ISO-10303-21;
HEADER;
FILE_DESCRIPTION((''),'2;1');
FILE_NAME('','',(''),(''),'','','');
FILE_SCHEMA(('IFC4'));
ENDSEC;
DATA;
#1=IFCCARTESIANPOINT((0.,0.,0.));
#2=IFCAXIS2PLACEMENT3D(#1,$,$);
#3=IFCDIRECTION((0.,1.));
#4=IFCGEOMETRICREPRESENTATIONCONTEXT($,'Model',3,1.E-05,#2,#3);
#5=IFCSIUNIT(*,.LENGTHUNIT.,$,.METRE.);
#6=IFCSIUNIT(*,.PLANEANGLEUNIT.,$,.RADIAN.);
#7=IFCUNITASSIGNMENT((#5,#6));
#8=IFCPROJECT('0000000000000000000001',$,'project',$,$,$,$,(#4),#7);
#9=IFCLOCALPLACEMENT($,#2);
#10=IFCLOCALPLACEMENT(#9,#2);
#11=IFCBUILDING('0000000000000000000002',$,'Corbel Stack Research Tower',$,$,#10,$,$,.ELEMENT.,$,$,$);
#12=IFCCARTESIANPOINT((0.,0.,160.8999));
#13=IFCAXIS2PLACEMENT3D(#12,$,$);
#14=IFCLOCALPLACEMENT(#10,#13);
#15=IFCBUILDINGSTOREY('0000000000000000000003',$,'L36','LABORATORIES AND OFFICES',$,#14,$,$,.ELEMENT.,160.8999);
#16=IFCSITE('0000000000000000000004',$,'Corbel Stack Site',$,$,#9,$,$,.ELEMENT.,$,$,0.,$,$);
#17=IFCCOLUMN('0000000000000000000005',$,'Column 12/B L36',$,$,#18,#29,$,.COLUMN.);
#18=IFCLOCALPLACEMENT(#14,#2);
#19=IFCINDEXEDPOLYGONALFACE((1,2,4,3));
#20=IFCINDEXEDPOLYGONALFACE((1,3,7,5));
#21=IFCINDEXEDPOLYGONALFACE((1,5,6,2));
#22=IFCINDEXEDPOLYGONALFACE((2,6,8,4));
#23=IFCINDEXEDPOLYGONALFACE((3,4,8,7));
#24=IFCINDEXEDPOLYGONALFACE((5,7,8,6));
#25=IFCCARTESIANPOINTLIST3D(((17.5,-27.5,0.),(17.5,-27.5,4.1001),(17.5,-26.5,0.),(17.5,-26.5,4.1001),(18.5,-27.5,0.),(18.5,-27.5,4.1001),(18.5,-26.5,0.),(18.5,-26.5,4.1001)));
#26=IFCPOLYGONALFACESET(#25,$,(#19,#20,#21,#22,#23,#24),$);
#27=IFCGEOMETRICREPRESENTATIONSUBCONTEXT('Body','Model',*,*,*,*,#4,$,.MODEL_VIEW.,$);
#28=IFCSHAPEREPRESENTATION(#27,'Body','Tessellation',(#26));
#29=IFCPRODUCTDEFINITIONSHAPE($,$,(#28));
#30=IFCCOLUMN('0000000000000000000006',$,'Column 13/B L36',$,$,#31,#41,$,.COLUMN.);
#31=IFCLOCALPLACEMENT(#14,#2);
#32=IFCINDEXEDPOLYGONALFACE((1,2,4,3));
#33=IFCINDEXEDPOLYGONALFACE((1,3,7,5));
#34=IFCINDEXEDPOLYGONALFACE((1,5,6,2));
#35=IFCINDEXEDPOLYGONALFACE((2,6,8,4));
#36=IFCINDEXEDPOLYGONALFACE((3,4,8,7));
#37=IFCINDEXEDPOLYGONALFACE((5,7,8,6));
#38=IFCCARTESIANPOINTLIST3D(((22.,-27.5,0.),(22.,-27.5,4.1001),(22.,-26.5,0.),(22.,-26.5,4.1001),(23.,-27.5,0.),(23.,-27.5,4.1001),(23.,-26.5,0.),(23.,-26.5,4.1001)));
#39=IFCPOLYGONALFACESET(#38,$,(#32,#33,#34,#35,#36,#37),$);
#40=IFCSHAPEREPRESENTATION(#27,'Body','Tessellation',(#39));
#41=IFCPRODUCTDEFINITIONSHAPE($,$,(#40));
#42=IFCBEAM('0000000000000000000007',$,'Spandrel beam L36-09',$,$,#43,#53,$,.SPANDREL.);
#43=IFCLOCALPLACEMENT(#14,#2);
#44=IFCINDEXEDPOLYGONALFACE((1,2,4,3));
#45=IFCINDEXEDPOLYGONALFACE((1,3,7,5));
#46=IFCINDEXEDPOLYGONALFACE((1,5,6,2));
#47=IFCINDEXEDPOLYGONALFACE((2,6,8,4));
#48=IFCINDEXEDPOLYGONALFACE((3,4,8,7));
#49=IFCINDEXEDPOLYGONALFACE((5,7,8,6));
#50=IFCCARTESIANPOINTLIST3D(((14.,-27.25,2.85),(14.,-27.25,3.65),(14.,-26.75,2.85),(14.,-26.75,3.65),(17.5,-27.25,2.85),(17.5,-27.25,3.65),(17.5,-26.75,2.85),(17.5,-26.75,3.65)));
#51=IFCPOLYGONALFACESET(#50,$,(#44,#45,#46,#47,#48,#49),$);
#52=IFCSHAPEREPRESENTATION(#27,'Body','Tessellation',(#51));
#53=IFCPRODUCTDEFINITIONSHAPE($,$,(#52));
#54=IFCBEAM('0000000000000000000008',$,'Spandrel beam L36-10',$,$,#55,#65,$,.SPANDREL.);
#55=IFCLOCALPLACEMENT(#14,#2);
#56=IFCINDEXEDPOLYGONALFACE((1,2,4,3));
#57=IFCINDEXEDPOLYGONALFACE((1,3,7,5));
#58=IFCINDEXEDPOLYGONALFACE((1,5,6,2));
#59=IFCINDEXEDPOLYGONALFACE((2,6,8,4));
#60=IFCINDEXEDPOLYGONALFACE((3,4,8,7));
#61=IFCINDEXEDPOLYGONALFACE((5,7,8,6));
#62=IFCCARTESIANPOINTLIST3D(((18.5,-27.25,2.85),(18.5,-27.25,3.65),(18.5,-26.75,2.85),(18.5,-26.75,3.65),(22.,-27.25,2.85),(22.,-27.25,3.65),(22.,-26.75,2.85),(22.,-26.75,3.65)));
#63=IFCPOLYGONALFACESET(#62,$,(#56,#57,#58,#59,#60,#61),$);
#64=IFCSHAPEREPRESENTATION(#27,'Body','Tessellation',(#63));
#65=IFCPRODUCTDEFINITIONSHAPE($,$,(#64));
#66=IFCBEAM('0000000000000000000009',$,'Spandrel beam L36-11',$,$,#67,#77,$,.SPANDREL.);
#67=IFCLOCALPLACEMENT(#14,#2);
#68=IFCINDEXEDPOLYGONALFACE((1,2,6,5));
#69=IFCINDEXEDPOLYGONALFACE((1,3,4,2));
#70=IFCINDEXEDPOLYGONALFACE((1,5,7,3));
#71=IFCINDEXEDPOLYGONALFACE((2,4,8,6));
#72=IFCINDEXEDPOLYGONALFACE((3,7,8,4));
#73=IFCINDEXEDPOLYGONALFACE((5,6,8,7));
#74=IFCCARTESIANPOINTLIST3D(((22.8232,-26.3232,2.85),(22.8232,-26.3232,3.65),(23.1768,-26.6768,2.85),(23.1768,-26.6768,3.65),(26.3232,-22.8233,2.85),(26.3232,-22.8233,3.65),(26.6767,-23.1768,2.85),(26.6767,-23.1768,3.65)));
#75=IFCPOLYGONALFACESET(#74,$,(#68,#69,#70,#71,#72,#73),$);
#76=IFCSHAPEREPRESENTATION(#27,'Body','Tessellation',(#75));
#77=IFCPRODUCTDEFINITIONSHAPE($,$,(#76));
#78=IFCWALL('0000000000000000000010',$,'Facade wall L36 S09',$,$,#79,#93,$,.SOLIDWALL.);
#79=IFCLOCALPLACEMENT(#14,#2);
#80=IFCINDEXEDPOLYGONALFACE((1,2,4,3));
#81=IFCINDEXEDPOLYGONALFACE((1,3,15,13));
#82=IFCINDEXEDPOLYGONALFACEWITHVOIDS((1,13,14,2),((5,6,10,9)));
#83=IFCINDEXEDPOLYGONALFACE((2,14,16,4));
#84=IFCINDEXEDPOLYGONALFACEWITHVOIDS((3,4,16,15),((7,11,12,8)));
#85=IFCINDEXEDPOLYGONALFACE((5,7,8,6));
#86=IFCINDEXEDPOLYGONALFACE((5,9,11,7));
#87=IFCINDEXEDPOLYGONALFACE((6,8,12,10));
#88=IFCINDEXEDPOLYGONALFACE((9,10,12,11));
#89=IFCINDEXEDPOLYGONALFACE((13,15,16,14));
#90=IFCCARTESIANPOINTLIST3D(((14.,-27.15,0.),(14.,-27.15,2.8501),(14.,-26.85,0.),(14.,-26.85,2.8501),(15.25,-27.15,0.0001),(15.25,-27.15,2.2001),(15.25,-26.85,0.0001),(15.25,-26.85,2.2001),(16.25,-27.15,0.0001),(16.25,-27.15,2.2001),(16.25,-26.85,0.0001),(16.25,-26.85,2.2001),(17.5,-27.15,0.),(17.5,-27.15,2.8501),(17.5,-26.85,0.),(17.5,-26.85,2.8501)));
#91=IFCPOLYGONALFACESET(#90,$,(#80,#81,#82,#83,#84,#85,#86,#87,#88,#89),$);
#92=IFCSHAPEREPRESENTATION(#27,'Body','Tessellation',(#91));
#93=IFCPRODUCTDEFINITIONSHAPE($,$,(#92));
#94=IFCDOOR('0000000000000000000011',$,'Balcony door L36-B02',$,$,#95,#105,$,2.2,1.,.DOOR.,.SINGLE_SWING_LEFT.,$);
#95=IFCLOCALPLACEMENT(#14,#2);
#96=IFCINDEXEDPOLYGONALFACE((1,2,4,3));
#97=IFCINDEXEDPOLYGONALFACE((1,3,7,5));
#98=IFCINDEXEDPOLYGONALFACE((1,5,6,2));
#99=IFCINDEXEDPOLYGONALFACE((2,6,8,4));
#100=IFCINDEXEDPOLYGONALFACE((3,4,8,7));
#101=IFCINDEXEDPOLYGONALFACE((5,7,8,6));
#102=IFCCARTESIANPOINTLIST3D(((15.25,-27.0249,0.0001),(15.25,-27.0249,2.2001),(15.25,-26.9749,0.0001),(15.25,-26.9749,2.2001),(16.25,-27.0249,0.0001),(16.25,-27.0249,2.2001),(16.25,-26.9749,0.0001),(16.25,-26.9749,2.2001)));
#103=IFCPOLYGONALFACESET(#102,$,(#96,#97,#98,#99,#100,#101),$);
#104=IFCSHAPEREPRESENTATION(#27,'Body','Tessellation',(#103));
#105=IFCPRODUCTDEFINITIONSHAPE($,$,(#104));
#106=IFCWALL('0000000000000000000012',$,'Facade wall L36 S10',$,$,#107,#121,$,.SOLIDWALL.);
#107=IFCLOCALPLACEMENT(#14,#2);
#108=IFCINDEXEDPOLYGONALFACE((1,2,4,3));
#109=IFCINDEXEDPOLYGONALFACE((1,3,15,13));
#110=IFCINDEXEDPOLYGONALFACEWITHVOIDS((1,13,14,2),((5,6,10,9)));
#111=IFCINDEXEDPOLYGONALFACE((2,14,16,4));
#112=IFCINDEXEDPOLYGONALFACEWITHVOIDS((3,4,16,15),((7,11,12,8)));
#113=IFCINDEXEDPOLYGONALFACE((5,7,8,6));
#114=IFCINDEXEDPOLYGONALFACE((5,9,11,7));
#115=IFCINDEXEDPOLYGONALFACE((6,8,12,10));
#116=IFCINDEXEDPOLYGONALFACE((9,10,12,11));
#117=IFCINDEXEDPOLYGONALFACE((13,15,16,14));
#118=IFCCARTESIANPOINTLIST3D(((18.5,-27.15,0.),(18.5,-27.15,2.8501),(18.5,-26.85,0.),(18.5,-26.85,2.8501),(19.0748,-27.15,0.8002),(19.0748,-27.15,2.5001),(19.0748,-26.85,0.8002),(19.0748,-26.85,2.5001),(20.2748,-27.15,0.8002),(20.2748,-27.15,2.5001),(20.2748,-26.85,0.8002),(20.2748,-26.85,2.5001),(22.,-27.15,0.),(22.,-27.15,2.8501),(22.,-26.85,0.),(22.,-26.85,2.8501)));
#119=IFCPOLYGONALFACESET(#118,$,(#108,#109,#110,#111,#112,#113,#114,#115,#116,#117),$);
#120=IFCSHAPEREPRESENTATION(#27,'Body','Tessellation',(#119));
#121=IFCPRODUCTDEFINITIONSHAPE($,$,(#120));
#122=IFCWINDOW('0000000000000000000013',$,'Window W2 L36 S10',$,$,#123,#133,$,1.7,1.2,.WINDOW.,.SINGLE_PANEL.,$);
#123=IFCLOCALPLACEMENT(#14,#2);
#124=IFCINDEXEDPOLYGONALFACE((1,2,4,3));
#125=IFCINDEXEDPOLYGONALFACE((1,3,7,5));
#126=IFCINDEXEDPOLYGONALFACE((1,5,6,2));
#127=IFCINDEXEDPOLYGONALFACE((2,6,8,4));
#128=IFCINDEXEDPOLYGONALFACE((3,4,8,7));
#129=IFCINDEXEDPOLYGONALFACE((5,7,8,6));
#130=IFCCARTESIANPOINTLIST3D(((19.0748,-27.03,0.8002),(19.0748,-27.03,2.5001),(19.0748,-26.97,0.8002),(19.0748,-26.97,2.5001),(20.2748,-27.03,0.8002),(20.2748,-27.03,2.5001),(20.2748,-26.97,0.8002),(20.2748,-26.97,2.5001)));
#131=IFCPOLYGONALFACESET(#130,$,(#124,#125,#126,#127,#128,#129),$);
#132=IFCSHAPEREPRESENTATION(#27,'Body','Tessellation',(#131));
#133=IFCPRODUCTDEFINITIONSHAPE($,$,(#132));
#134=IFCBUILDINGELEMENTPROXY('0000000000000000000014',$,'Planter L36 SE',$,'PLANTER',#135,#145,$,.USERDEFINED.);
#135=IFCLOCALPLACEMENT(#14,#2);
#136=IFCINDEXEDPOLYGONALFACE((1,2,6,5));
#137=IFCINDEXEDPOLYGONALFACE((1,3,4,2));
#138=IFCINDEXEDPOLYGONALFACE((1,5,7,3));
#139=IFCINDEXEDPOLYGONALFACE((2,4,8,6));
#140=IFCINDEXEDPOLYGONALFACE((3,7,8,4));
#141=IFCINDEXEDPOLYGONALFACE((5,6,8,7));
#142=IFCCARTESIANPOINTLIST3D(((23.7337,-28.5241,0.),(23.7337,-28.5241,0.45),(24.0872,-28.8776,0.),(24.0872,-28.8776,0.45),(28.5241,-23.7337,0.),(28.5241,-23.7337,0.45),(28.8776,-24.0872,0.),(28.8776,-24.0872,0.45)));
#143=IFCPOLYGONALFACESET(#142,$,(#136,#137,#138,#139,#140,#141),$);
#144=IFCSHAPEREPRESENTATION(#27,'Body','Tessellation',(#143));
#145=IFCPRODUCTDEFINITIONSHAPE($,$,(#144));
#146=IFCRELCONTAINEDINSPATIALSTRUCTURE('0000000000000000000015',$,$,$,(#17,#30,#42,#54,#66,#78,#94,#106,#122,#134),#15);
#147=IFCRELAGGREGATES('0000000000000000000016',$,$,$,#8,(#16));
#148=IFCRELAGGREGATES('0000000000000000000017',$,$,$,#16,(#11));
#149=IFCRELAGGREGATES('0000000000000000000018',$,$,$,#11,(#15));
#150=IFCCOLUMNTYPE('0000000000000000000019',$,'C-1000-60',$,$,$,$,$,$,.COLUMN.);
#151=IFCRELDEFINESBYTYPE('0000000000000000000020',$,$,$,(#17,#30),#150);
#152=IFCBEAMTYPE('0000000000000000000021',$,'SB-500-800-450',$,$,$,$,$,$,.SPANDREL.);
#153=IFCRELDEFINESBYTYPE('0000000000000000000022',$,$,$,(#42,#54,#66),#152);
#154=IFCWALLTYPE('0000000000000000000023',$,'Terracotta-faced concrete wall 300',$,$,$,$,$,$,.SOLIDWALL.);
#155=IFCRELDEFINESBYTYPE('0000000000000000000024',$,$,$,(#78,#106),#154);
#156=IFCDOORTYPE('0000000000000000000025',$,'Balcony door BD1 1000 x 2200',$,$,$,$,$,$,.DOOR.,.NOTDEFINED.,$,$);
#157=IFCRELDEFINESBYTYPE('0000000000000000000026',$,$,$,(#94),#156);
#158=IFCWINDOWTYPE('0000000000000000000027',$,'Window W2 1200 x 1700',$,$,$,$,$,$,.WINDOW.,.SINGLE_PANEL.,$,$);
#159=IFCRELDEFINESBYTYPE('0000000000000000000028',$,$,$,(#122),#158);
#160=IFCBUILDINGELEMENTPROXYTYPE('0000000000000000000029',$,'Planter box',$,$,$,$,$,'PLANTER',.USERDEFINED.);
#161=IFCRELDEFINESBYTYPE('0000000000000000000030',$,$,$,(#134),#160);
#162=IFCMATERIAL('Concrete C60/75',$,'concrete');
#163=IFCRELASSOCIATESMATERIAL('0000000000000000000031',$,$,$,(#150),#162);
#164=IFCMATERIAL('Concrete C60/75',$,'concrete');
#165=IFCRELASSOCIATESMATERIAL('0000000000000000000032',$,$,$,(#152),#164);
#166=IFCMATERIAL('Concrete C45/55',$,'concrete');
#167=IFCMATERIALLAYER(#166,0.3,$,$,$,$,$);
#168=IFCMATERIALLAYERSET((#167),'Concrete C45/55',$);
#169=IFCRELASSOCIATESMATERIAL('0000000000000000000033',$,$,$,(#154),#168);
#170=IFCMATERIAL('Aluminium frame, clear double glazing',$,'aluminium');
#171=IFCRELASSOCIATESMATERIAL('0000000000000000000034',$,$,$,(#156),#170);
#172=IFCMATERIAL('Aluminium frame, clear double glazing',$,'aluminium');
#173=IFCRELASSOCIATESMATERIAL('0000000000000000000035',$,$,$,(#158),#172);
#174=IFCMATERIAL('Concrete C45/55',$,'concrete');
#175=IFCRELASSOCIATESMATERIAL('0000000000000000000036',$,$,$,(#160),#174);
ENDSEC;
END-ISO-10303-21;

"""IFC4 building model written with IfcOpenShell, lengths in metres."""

from ifc_helpers import new_model, si_unit, direction, frame, frame_2d, origin, origin_2d, place, context, subcontext, project, spatial, rectangle, extrude, material, layer, layer_set, material_profile, profile_set, type_object, element, fill, save


model = new_model("IFC4")

# Units and contexts
model_context = context("Model", 3, precision=1e-05, world=origin(), true_north=direction((0.0, 1.0)))
body_context = subcontext(model_context, "Body", "Model", "MODEL_VIEW")
ifc_project = project(units=[si_unit("LENGTHUNIT", "METRE"), si_unit("PLANEANGLEUNIT", "RADIAN")], contexts=[model_context])

# Site, building, storey
site_placement = place(None, origin())
site = spatial("IfcSite", under=ifc_project, at=site_placement, Name="Corbel Stack Site", CompositionType="ELEMENT", RefElevation=0.0)
building_placement = place(site_placement, origin())
building = spatial("IfcBuilding", under=site, at=building_placement, Name="Corbel Stack Research Tower", CompositionType="ELEMENT")
storey_placement = place(building_placement, frame((0.0, 0.0, 160.8999)))
storey = spatial("IfcBuildingStorey", under=building, at=storey_placement, Name="L36", Description="LABORATORIES AND OFFICES", CompositionType="ELEMENT", Elevation=160.8999)

# Columns
ifc_material_1 = material(Name="Concrete C60/75", Category="concrete")
ifc_material_profile_1 = material_profile(ifc_material_1, rectangle(XDim=1.0, YDim=1.0, at=origin_2d()), Name="RC 1000 x 1000")
ifc_profile_set_1 = profile_set([ifc_material_profile_1], Name="Concrete C60/75")
column_type = type_object("IfcColumnType", Name="C-1000-60", PredefinedType="COLUMN", material=ifc_profile_set_1)
for number, where, z_axis, x_axis, name in (
    (1, (18.0, -27.0, 0.0), (0.0, 0.0, 1.0), (1.0, 0.0, 0.0), "Column 12/B L36"),
    (2, (22.5, -27.0, 0.0), (0.0, 0.0, 1.0), (1.0, 0.0, 0.0), "Column 13/B L36"),
):
    element("IfcColumn", number, at=place(storey_placement, frame(where, z_axis=z_axis, x_axis=x_axis)), inside=storey, type_object=column_type, Name=name, PredefinedType="COLUMN", context=body_context, shape_type="SweptSolid", body=[
        extrude(rectangle(XDim=1.0, YDim=1.0, at=origin_2d()), origin(), (0.0, 0.0, 1.0), 4.1001),
    ])

# Beams
ifc_material_2 = material(Name="Concrete C60/75", Category="concrete")
ifc_material_profile_2 = material_profile(ifc_material_2, rectangle(XDim=0.5, YDim=0.8, at=origin_2d()), Name="RC 500 x 800")
ifc_profile_set_2 = profile_set([ifc_material_profile_2], Name="Concrete C60/75")
beam_type = type_object("IfcBeamType", Name="SB-500-800-450", PredefinedType="SPANDREL", material=ifc_profile_set_2)
for number, where, z_axis, x_axis, name in (
    (3, (14.0, -27.0, 3.25), (1.0, 0.0, 0.0), (0.0, 1.0, 0.0), "Spandrel beam L36-09"),
    (4, (18.5, -27.0, 3.25), (1.0, 0.0, 0.0), (0.0, 1.0, 0.0), "Spandrel beam L36-10"),
):
    element("IfcBeam", number, at=place(storey_placement, frame(where, z_axis=z_axis, x_axis=x_axis)), inside=storey, type_object=beam_type, Name=name, PredefinedType="SPANDREL", context=body_context, shape_type="SweptSolid", body=[
        extrude(rectangle(XDim=0.5, YDim=0.8, at=origin_2d()), origin(), (0.0, 0.0, 1.0), 3.5),
    ])
beam_placement = place(storey_placement, frame((23.0, -26.5, 3.25), z_axis=(0.707107, 0.707107, 0.0), x_axis=(-0.707107, 0.707107, 0.0)))
element("IfcBeam", 5, at=beam_placement, inside=storey, type_object=beam_type, Name="Spandrel beam L36-11", PredefinedType="SPANDREL", context=body_context, shape_type="SweptSolid", body=[
    extrude(rectangle(XDim=0.5, YDim=0.8, at=origin_2d()), origin(), (0.0, 0.0, 1.0), 4.9497),
])

# Wall, opening, door
ifc_material_3 = material(Name="Concrete C45/55", Category="concrete")
ifc_layer = layer(ifc_material_3, 0.3)
ifc_layer_set = layer_set([ifc_layer], Name="Concrete C45/55")
wall_type = type_object("IfcWallType", Name="Terracotta-faced concrete wall 300", PredefinedType="SOLIDWALL", material=ifc_layer_set)
wall_1_placement = place(storey_placement, frame((17.5, -27.0, 0.0), z_axis=(0.0, 0.0, 1.0), x_axis=(-1.0, 0.0, 0.0)))
wall_1 = element("IfcWall", 6, at=wall_1_placement, inside=storey, type_object=wall_type, Name="Facade wall L36 S09", PredefinedType="SOLIDWALL", context=body_context, shape_type="SweptSolid", body=[
    extrude(rectangle(XDim=3.5, YDim=0.3, at=frame_2d((1.75, 0.0))), origin(), (0.0, 0.0, 1.0), 2.8501),
])
opening_1_placement = place(wall_1_placement, frame((1.25, 0.0, 0.0)))
opening_1 = element("IfcOpeningElement", 7, at=opening_1_placement, cuts=wall_1, PredefinedType="OPENING", context=body_context, shape_type="SweptSolid", body=[
    extrude(rectangle(XDim=1.0, YDim=2.2, at=frame_2d((0.5, 1.1001))), frame((0.0, 0.1599, 0.0), z_axis=(0.0, -1.0, 0.0), x_axis=(1.0, 0.0, 0.0)), (0.0, 0.0, 1.0), 0.3201),
])
ifc_material_4 = material(Name="Aluminium frame, clear double glazing", Category="aluminium")
door_type = type_object("IfcDoorType", Name="Balcony door BD1 1000 x 2200", OperationType="NOTDEFINED", PredefinedType="DOOR", material=ifc_material_4)
door_placement = place(opening_1_placement, origin())
door = element("IfcDoor", 8, at=door_placement, inside=storey, type_object=door_type, Name="Balcony door L36-B02", OperationType="SINGLE_SWING_LEFT", OverallHeight=2.2, OverallWidth=1.0, PredefinedType="DOOR", context=body_context, shape_type="SweptSolid", body=[
    extrude(rectangle(XDim=1.0, YDim=2.2, at=frame_2d((0.5, 1.1001))), frame((0.0, 0.0249, 0.0), z_axis=(0.0, -1.0, 0.0), x_axis=(1.0, 0.0, 0.0)), (0.0, 0.0, 1.0), 0.05),
])
fill(opening_1, door)

# Wall, opening, window
wall_2_placement = place(storey_placement, frame((22.0, -27.0, 0.0), z_axis=(0.0, 0.0, 1.0), x_axis=(-1.0, 0.0, 0.0)))
wall_2 = element("IfcWall", 9, at=wall_2_placement, inside=storey, type_object=wall_type, Name="Facade wall L36 S10", PredefinedType="SOLIDWALL", context=body_context, shape_type="SweptSolid", body=[
    extrude(rectangle(XDim=3.5, YDim=0.3, at=frame_2d((1.75, 0.0))), origin(), (0.0, 0.0, 1.0), 2.8501),
])
opening_2_placement = place(wall_2_placement, frame((1.7251, 0.0, 0.8)))
opening_2 = element("IfcOpeningElement", 10, at=opening_2_placement, cuts=wall_2, PredefinedType="OPENING", context=body_context, shape_type="SweptSolid", body=[
    extrude(rectangle(XDim=1.2, YDim=1.7, at=frame_2d((0.6001, 0.8501))), frame((0.0, 0.1599, 0.0), z_axis=(0.0, -1.0, 0.0), x_axis=(1.0, 0.0, 0.0)), (0.0, 0.0, 1.0), 0.3201),
])
ifc_material_5 = material(Name="Aluminium frame, clear double glazing", Category="aluminium")
window_type = type_object("IfcWindowType", Name="Window W2 1200 x 1700", PartitioningType="SINGLE_PANEL", PredefinedType="WINDOW", material=ifc_material_5)
window_placement = place(opening_2_placement, origin())
window = element("IfcWindow", 11, at=window_placement, inside=storey, type_object=window_type, Name="Window W2 L36 S10", OverallHeight=1.7, OverallWidth=1.2, PartitioningType="SINGLE_PANEL", PredefinedType="WINDOW", context=body_context, shape_type="SweptSolid", body=[
    extrude(rectangle(XDim=1.2, YDim=1.7, at=frame_2d((0.6001, 0.8501))), frame((0.0, 0.03, 0.0), z_axis=(0.0, -1.0, 0.0), x_axis=(1.0, 0.0, 0.0)), (0.0, 0.0, 1.0), 0.0601),
])
fill(opening_2, window)

# Building element proxy
ifc_material_6 = material(Name="Concrete C45/55", Category="concrete")
building_element_proxy_type = type_object("IfcBuildingElementProxyType", Name="Planter box", ElementType="PLANTER", PredefinedType="USERDEFINED", material=ifc_material_6)
proxy_placement = place(storey_placement, frame((26.3057, -26.3057, 0.0), z_axis=(0.0, 0.0, 1.0), x_axis=(0.707107, 0.707107, 0.0)))
element("IfcBuildingElementProxy", 12, at=proxy_placement, inside=storey, type_object=building_element_proxy_type, Name="Planter L36 SE", ObjectType="PLANTER", PredefinedType="USERDEFINED", context=body_context, shape_type="SweptSolid", body=[
    extrude(rectangle(XDim=6.7747, YDim=0.5, at=origin_2d()), origin(), (0.0, 0.0, 1.0), 0.45),
])

save(model, "model.ifc")
